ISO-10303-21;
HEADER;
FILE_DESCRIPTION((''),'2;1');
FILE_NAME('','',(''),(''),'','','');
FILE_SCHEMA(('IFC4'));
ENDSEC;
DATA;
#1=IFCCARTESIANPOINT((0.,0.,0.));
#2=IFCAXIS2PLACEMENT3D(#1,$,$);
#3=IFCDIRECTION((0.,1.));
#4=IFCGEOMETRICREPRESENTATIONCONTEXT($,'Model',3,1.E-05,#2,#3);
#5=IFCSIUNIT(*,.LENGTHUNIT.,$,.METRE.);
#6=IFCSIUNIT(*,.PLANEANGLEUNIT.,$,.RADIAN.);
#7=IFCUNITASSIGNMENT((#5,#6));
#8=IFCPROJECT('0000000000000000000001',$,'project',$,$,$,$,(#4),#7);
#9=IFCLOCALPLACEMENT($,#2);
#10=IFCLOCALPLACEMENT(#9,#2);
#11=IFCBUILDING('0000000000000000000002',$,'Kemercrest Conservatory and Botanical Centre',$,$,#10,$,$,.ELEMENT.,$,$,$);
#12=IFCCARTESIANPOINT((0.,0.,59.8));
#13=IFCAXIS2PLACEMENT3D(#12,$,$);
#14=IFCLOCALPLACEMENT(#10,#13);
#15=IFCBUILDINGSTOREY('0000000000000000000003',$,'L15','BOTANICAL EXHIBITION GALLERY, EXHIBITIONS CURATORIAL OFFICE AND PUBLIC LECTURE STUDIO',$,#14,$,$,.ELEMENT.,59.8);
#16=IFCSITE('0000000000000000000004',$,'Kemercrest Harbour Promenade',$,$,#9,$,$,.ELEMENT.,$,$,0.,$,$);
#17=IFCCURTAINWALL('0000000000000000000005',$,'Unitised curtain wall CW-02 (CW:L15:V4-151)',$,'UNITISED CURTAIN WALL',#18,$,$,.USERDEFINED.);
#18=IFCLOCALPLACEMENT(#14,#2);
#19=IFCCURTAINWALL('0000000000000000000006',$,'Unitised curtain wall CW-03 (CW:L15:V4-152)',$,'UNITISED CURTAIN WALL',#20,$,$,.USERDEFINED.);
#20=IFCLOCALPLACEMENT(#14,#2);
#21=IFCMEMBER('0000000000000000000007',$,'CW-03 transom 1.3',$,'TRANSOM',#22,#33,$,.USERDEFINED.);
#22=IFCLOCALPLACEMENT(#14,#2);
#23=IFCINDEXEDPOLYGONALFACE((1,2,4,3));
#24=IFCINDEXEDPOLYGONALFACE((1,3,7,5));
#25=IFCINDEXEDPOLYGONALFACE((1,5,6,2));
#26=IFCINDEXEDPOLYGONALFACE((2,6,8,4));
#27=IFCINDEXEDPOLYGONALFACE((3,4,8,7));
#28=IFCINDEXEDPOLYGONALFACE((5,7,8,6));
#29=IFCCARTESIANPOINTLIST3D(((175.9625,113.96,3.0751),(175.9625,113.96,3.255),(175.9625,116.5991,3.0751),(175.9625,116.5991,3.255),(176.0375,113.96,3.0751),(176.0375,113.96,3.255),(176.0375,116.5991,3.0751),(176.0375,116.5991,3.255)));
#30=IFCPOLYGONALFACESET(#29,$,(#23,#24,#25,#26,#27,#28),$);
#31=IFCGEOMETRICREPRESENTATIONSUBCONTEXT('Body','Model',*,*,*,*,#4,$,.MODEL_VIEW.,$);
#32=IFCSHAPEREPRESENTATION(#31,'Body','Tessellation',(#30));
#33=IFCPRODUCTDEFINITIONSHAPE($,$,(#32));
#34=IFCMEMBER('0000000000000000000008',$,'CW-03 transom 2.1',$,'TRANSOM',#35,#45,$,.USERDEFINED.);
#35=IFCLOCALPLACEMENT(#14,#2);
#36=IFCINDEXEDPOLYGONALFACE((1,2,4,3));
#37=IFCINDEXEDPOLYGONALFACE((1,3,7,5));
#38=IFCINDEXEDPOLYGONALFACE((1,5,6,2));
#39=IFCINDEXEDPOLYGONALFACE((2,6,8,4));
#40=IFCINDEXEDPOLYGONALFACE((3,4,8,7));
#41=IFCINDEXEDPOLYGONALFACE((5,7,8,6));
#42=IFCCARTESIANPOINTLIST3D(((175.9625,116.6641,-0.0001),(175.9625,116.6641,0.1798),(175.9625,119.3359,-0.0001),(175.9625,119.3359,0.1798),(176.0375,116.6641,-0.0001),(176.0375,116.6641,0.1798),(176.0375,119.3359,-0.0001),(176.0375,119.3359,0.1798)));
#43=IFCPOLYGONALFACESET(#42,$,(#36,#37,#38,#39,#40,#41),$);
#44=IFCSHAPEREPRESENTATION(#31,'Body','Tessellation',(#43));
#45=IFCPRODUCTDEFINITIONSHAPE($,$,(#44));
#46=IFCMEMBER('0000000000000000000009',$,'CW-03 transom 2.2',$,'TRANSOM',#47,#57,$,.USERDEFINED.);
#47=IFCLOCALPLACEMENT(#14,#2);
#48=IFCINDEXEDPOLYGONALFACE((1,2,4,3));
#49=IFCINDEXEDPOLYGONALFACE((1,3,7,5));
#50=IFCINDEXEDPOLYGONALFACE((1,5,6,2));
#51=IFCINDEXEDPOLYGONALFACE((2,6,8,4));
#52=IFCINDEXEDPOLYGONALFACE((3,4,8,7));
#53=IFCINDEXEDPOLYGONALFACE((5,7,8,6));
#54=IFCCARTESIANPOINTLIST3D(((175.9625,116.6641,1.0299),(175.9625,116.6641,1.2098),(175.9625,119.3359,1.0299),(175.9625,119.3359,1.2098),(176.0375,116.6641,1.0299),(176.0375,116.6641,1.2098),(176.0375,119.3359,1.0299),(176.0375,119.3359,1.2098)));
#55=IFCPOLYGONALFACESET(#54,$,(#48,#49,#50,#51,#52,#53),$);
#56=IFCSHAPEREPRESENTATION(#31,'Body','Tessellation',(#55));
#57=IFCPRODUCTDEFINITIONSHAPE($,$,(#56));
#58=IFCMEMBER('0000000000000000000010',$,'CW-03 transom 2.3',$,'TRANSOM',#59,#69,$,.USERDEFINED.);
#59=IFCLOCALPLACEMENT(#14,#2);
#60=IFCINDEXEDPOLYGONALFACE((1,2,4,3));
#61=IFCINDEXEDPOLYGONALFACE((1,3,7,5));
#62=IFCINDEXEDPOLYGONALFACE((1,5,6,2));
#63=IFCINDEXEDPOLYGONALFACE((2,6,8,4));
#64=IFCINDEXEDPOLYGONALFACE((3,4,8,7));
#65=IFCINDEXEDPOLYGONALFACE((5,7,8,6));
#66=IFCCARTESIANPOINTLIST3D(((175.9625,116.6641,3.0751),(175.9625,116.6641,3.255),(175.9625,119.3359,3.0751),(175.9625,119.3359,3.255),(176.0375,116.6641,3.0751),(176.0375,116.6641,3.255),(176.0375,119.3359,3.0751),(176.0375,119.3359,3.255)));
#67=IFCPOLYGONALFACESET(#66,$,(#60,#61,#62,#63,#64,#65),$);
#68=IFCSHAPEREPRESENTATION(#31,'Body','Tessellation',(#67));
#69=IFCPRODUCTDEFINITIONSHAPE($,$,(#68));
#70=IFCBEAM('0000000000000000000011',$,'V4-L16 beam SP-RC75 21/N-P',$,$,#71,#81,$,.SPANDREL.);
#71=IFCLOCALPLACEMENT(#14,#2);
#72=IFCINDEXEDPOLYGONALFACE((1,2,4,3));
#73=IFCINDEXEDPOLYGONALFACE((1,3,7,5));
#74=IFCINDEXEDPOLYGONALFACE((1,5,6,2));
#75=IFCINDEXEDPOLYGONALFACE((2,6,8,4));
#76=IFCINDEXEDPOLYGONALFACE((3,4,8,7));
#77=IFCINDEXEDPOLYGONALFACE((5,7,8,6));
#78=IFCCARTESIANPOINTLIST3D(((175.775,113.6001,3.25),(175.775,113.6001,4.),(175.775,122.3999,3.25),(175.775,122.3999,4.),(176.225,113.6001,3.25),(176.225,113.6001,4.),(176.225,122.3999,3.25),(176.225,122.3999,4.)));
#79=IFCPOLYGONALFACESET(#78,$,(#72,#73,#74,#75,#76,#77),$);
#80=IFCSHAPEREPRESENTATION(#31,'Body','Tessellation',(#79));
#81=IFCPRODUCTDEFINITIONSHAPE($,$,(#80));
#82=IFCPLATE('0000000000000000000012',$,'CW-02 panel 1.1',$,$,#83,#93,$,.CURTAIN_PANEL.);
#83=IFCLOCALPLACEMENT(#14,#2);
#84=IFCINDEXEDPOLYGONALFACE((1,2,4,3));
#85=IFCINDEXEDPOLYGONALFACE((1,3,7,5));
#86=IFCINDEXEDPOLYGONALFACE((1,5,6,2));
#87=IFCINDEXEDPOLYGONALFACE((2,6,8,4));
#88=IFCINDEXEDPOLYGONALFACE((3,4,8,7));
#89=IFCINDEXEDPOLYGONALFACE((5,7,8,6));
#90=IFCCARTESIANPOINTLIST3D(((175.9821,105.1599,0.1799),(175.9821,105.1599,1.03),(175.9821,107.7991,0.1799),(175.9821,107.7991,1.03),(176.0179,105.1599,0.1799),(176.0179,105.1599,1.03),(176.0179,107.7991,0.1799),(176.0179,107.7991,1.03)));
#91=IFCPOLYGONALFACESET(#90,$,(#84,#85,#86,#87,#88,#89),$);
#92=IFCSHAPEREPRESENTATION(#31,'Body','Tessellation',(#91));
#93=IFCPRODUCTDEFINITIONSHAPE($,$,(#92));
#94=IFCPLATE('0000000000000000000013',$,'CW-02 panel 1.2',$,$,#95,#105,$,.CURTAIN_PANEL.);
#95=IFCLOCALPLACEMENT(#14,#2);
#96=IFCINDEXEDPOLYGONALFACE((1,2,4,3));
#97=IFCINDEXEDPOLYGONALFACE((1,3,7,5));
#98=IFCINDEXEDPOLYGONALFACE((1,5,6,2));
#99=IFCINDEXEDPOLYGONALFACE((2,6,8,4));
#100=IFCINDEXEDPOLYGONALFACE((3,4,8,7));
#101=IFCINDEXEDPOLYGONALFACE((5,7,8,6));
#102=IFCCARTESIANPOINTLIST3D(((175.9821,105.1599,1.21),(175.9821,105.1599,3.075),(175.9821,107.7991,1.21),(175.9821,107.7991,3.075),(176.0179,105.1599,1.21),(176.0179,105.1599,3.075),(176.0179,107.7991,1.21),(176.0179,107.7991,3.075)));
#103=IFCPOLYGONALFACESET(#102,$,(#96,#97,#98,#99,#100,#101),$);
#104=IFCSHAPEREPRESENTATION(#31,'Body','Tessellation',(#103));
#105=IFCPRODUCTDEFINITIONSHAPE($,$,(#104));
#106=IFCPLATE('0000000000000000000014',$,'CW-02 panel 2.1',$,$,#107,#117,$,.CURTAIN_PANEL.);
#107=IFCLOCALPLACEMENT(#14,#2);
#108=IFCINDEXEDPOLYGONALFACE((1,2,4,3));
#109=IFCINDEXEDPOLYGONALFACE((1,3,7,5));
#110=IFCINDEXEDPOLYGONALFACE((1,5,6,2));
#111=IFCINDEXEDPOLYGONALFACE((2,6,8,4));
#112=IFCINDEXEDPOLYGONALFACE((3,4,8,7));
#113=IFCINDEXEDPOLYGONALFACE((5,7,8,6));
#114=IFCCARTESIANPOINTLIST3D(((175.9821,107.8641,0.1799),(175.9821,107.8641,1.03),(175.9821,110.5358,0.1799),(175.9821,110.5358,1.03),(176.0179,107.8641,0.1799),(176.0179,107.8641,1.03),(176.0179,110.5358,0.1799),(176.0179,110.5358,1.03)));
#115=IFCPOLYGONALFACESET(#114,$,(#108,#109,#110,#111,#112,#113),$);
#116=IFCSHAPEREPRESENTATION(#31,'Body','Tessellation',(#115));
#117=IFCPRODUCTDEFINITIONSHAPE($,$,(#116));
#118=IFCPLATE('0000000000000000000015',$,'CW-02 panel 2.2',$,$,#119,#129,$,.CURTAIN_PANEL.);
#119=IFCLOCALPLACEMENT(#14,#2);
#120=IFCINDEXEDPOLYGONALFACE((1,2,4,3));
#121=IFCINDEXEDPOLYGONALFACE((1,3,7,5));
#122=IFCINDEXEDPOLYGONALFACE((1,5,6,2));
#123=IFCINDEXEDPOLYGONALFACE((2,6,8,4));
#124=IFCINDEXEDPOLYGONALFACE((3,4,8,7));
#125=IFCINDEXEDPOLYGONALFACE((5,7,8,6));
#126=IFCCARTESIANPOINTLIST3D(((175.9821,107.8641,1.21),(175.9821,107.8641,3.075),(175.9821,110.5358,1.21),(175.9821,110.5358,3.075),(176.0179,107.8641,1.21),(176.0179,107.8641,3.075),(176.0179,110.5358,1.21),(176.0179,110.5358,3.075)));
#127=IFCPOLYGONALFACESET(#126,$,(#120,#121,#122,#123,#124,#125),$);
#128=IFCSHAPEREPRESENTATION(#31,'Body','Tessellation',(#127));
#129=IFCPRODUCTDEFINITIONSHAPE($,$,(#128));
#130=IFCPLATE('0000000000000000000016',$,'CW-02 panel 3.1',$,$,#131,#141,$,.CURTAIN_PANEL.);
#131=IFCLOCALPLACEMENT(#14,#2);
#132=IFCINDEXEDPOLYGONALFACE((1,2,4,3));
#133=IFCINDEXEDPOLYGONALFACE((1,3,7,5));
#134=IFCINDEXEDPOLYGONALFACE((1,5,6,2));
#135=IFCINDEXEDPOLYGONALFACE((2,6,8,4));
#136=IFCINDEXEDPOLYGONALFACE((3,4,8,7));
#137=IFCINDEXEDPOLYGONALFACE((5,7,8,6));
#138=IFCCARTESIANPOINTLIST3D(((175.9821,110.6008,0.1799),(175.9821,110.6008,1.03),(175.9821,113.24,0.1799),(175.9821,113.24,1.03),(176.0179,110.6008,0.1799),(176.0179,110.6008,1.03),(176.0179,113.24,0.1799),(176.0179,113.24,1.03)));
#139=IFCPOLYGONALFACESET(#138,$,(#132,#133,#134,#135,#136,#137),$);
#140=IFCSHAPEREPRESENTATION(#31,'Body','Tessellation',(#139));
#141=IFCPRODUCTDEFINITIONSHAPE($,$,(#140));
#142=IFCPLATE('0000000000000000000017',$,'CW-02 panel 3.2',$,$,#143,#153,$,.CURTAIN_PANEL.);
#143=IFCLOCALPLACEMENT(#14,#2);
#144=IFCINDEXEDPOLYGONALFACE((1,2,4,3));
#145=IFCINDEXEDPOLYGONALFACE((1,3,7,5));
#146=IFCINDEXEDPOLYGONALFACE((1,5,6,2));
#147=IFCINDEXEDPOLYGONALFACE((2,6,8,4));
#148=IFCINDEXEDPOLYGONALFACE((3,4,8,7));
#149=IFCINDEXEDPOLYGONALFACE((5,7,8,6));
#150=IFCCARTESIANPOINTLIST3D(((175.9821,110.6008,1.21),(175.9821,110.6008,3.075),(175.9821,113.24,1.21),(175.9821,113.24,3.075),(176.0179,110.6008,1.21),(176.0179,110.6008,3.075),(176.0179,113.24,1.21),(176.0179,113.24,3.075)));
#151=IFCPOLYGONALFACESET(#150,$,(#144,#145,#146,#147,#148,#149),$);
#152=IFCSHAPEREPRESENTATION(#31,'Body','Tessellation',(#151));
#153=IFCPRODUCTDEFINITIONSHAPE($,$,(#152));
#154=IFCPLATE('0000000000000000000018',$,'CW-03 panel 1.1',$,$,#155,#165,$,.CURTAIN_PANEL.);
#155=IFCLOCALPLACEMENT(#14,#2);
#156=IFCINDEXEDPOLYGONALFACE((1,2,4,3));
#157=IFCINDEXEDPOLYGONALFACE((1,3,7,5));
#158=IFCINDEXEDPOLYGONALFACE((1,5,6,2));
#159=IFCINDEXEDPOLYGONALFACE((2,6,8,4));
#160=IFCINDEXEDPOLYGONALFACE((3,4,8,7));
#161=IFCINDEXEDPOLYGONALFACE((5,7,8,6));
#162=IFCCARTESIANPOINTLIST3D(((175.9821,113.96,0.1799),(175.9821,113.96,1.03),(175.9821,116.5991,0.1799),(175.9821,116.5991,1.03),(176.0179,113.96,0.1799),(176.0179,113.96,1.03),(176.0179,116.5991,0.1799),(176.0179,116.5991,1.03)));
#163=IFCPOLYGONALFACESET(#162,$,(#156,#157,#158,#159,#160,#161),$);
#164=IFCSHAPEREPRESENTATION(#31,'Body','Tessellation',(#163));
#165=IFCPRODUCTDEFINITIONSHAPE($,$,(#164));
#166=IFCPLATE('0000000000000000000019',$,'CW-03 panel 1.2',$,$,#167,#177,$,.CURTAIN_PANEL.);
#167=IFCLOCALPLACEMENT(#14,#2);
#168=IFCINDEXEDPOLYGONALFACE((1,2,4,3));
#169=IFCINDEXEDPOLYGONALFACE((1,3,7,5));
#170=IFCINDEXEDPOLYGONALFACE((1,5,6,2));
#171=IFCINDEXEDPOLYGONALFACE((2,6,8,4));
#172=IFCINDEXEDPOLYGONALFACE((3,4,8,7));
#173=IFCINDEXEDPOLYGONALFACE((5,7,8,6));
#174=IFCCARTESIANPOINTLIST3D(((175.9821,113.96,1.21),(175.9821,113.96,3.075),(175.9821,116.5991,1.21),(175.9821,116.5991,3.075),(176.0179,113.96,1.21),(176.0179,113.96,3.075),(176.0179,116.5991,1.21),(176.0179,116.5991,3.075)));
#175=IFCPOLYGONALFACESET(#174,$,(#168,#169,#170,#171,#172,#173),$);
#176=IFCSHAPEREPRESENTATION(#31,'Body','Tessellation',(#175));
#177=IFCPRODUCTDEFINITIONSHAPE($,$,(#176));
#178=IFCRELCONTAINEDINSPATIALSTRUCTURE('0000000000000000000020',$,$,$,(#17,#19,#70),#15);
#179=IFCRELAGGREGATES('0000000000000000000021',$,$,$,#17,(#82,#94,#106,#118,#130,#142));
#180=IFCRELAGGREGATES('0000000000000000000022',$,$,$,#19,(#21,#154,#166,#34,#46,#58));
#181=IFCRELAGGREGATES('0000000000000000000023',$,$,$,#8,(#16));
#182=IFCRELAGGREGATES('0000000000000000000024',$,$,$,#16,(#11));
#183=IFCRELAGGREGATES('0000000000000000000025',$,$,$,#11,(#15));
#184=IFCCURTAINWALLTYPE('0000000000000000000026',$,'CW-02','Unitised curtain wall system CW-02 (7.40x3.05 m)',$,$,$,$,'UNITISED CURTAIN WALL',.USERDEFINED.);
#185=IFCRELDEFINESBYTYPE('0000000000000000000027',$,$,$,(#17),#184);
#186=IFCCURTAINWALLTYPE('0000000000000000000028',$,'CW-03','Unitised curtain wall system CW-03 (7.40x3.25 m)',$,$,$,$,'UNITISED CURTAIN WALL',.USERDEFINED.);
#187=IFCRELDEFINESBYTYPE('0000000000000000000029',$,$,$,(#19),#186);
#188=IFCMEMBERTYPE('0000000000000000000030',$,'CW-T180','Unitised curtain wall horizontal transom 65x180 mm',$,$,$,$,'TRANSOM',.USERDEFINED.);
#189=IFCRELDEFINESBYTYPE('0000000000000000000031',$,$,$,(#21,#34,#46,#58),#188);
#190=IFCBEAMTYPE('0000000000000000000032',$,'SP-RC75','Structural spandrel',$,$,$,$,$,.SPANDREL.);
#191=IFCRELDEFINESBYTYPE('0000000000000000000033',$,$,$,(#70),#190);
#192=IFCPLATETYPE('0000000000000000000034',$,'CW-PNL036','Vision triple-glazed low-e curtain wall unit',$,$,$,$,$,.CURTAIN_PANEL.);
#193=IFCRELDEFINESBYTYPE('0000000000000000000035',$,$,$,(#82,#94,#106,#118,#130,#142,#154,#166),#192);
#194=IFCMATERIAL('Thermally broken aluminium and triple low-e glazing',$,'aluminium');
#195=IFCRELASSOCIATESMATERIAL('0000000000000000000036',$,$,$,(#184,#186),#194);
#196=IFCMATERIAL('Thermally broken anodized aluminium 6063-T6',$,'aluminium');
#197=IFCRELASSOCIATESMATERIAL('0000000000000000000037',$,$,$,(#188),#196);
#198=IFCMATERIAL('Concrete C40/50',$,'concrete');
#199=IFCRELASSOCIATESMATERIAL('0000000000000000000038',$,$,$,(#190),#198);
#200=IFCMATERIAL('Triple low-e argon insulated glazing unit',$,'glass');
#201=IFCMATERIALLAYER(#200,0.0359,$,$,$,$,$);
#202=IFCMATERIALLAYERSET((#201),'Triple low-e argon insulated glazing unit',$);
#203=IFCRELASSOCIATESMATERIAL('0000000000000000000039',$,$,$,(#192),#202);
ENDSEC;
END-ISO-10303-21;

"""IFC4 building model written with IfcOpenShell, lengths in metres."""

from ifc_helpers import new_model, si_unit, direction, frame, origin, origin_2d, place, context, subcontext, project, spatial, rectangle, extrude, material, layer, layer_set, material_profile, profile_set, type_object, element, aggregate, save


model = new_model("IFC4")

# Units and contexts
model_context = context("Model", 3, precision=1e-05, world=origin(), true_north=direction((0.0, 1.0)))
body_context = subcontext(model_context, "Body", "Model", "MODEL_VIEW")
ifc_project = project(units=[si_unit("LENGTHUNIT", "METRE"), si_unit("PLANEANGLEUNIT", "RADIAN")], contexts=[model_context])

# Site, building, storey
site_placement = place(None, origin())
site = spatial("IfcSite", under=ifc_project, at=site_placement, Name="Kemercrest Harbour Promenade", CompositionType="ELEMENT", RefElevation=0.0)
building_placement = place(site_placement, origin())
building = spatial("IfcBuilding", under=site, at=building_placement, Name="Kemercrest Conservatory and Botanical Centre", CompositionType="ELEMENT")
storey_placement = place(building_placement, frame((0.0, 0.0, 59.8)))
storey = spatial("IfcBuildingStorey", under=building, at=storey_placement, Name="L15", Description="BOTANICAL EXHIBITION GALLERY, EXHIBITIONS CURATORIAL OFFICE AND PUBLIC LECTURE STUDIO", CompositionType="ELEMENT", Elevation=59.8)

# Shared definitions
ifc_material_1 = material(Name="Concrete C40/50", Category="concrete")

# Curtain walls
ifc_material_2 = material(Name="Thermally broken aluminium and triple low-e glazing", Category="aluminium")
curtain_wall_type_1 = type_object("IfcCurtainWallType", Name="CW-02", Description="Unitised curtain wall system CW-02 (7.40x3.05 m)", ElementType="UNITISED CURTAIN WALL", PredefinedType="USERDEFINED", material=ifc_material_2)
curtain_wall_1_placement = place(storey_placement, origin())
curtain_wall_1 = element("IfcCurtainWall", 1, at=curtain_wall_1_placement, inside=storey, type_object=curtain_wall_type_1, Name="Unitised curtain wall CW-02 (CW:L15:V4-151)", ObjectType="UNITISED CURTAIN WALL", PredefinedType="USERDEFINED")
ifc_material_3 = material(Name="Thermally broken anodized aluminium 6063-T6", Category="aluminium")
curtain_wall_type_2 = type_object("IfcCurtainWallType", Name="CW-03", Description="Unitised curtain wall system CW-03 (7.40x3.25 m)", ElementType="UNITISED CURTAIN WALL", PredefinedType="USERDEFINED", material=ifc_material_2)
curtain_wall_2_placement = place(storey_placement, origin())
curtain_wall_2 = element("IfcCurtainWall", 2, at=curtain_wall_2_placement, inside=storey, type_object=curtain_wall_type_2, Name="Unitised curtain wall CW-03 (CW:L15:V4-152)", ObjectType="UNITISED CURTAIN WALL", PredefinedType="USERDEFINED")

# Members
ifc_material_profile_1 = material_profile(ifc_material_3, rectangle(XDim=0.075, YDim=0.1799, at=origin_2d()), Name="AL TRANSOM 75x180")
ifc_profile_set_1 = profile_set([ifc_material_profile_1], Name="Thermally broken anodized aluminium 6063-T6")
member_type_1 = type_object("IfcMemberType", Name="CW-T180", Description="Unitised curtain wall horizontal transom 65x180 mm", ElementType="TRANSOM", PredefinedType="USERDEFINED", material=ifc_profile_set_1)
member_1_placement = place(storey_placement, frame((176.0, 113.96, 3.165), z_axis=(0.0, 1.0, 0.0), x_axis=(-1.0, 0.0, 0.0)))
member_1 = element("IfcMember", 3, at=member_1_placement, type_object=member_type_1, Name="CW-03 transom 1.3", ObjectType="TRANSOM", PredefinedType="USERDEFINED", context=body_context, shape_type="SweptSolid", body=[
    extrude(rectangle(XDim=0.075, YDim=0.1799, at=origin_2d()), origin(), (0.0, 0.0, 1.0), 2.6392),
])
member_2_placement = place(storey_placement, frame((176.0, 116.6641, 0.0898), z_axis=(0.0, 1.0, 0.0), x_axis=(-1.0, 0.0, 0.0)))
member_2 = element("IfcMember", 4, at=member_2_placement, type_object=member_type_1, Name="CW-03 transom 2.1", ObjectType="TRANSOM", PredefinedType="USERDEFINED", context=body_context, shape_type="SweptSolid", body=[
    extrude(rectangle(XDim=0.075, YDim=0.1799, at=origin_2d()), origin(), (0.0, 0.0, 1.0), 2.6719),
])
member_3_placement = place(storey_placement, frame((176.0, 116.6641, 1.1199), z_axis=(0.0, 1.0, 0.0), x_axis=(-1.0, 0.0, 0.0)))
member_3 = element("IfcMember", 5, at=member_3_placement, type_object=member_type_1, Name="CW-03 transom 2.2", ObjectType="TRANSOM", PredefinedType="USERDEFINED", context=body_context, shape_type="SweptSolid", body=[
    extrude(rectangle(XDim=0.075, YDim=0.1799, at=origin_2d()), origin(), (0.0, 0.0, 1.0), 2.6719),
])
member_4_placement = place(storey_placement, frame((176.0, 116.6641, 3.165), z_axis=(0.0, 1.0, 0.0), x_axis=(-1.0, 0.0, 0.0)))
member_4 = element("IfcMember", 6, at=member_4_placement, type_object=member_type_1, Name="CW-03 transom 2.3", ObjectType="TRANSOM", PredefinedType="USERDEFINED", context=body_context, shape_type="SweptSolid", body=[
    extrude(rectangle(XDim=0.075, YDim=0.1799, at=origin_2d()), origin(), (0.0, 0.0, 1.0), 2.6719),
])

# Beam
ifc_material_profile_2 = material_profile(ifc_material_1, rectangle(XDim=0.45, YDim=0.75, at=origin_2d()), Name="RC 450x750")
ifc_profile_set_2 = profile_set([ifc_material_profile_2], Name="Concrete C40/50")
beam_type = type_object("IfcBeamType", Name="SP-RC75", Description="Structural spandrel", PredefinedType="SPANDREL", material=ifc_profile_set_2)
beam_placement = place(storey_placement, frame((176.0, 113.6001, 3.625), z_axis=(0.0, 1.0, 0.0), x_axis=(-1.0, 0.0, 0.0)))
element("IfcBeam", 7, at=beam_placement, inside=storey, type_object=beam_type, Name="V4-L16 beam SP-RC75 21/N-P", PredefinedType="SPANDREL", context=body_context, shape_type="SweptSolid", body=[
    extrude(rectangle(XDim=0.45, YDim=0.75, at=origin_2d()), origin(), (0.0, 0.0, 1.0), 8.7998),
])

# Plates
ifc_material_4 = material(Name="Triple low-e argon insulated glazing unit", Category="glass")
ifc_layer_1 = layer(ifc_material_4, 0.0359)
ifc_layer_set_1 = layer_set([ifc_layer_1], Name="Triple low-e argon insulated glazing unit")
plate_type = type_object("IfcPlateType", Name="CW-PNL036", Description="Vision triple-glazed low-e curtain wall unit", PredefinedType="CURTAIN_PANEL", material=ifc_layer_set_1)
plate_1_placement = place(storey_placement, frame((176.0, 106.4795, 0.1799), z_axis=(0.0, 0.0, 1.0), x_axis=(0.0, 1.0, 0.0)))
plate_1 = element("IfcPlate", 8, at=plate_1_placement, type_object=plate_type, Name="CW-02 panel 1.1", PredefinedType="CURTAIN_PANEL", context=body_context, shape_type="SweptSolid", body=[
    extrude(rectangle(XDim=2.6392, YDim=0.0359, at=origin_2d()), origin(), (0.0, 0.0, 1.0), 0.8501),
])
plate_2_placement = place(storey_placement, frame((176.0, 106.4795, 1.21), z_axis=(0.0, 0.0, 1.0), x_axis=(0.0, 1.0, 0.0)))
plate_2 = element("IfcPlate", 9, at=plate_2_placement, type_object=plate_type, Name="CW-02 panel 1.2", PredefinedType="CURTAIN_PANEL", context=body_context, shape_type="SweptSolid", body=[
    extrude(rectangle(XDim=2.6392, YDim=0.0359, at=origin_2d()), origin(), (0.0, 0.0, 1.0), 1.865),
])
plate_3_placement = place(storey_placement, frame((176.0, 109.2, 0.1799), z_axis=(0.0, 0.0, 1.0), x_axis=(0.0, 1.0, 0.0)))
plate_3 = element("IfcPlate", 10, at=plate_3_placement, type_object=plate_type, Name="CW-02 panel 2.1", PredefinedType="CURTAIN_PANEL", context=body_context, shape_type="SweptSolid", body=[
    extrude(rectangle(XDim=2.6716, YDim=0.0359, at=origin_2d()), origin(), (0.0, 0.0, 1.0), 0.8501),
])
plate_4_placement = place(storey_placement, frame((176.0, 109.2, 1.21), z_axis=(0.0, 0.0, 1.0), x_axis=(0.0, 1.0, 0.0)))
plate_4 = element("IfcPlate", 11, at=plate_4_placement, type_object=plate_type, Name="CW-02 panel 2.2", PredefinedType="CURTAIN_PANEL", context=body_context, shape_type="SweptSolid", body=[
    extrude(rectangle(XDim=2.6716, YDim=0.0359, at=origin_2d()), origin(), (0.0, 0.0, 1.0), 1.865),
])
plate_5_placement = place(storey_placement, frame((176.0, 111.9204, 0.1799), z_axis=(0.0, 0.0, 1.0), x_axis=(0.0, 1.0, 0.0)))
plate_5 = element("IfcPlate", 12, at=plate_5_placement, type_object=plate_type, Name="CW-02 panel 3.1", PredefinedType="CURTAIN_PANEL", context=body_context, shape_type="SweptSolid", body=[
    extrude(rectangle(XDim=2.6392, YDim=0.0359, at=origin_2d()), origin(), (0.0, 0.0, 1.0), 0.8501),
])
plate_6_placement = place(storey_placement, frame((176.0, 111.9204, 1.21), z_axis=(0.0, 0.0, 1.0), x_axis=(0.0, 1.0, 0.0)))
plate_6 = element("IfcPlate", 13, at=plate_6_placement, type_object=plate_type, Name="CW-02 panel 3.2", PredefinedType="CURTAIN_PANEL", context=body_context, shape_type="SweptSolid", body=[
    extrude(rectangle(XDim=2.6392, YDim=0.0359, at=origin_2d()), origin(), (0.0, 0.0, 1.0), 1.865),
])
aggregate(curtain_wall_1, [plate_1, plate_2, plate_3, plate_4, plate_5, plate_6])
plate_7_placement = place(storey_placement, frame((176.0, 115.2795, 0.1799), z_axis=(0.0, 0.0, 1.0), x_axis=(0.0, 1.0, 0.0)))
plate_7 = element("IfcPlate", 14, at=plate_7_placement, type_object=plate_type, Name="CW-03 panel 1.1", PredefinedType="CURTAIN_PANEL", context=body_context, shape_type="SweptSolid", body=[
    extrude(rectangle(XDim=2.6392, YDim=0.0359, at=origin_2d()), origin(), (0.0, 0.0, 1.0), 0.8501),
])
plate_8_placement = place(storey_placement, frame((176.0, 115.2795, 1.21), z_axis=(0.0, 0.0, 1.0), x_axis=(0.0, 1.0, 0.0)))
plate_8 = element("IfcPlate", 15, at=plate_8_placement, type_object=plate_type, Name="CW-03 panel 1.2", PredefinedType="CURTAIN_PANEL", context=body_context, shape_type="SweptSolid", body=[
    extrude(rectangle(XDim=2.6392, YDim=0.0359, at=origin_2d()), origin(), (0.0, 0.0, 1.0), 1.865),
])
aggregate(curtain_wall_2, [member_1, plate_7, plate_8, member_2, member_3, member_4])

save(model, "model.ifc")
